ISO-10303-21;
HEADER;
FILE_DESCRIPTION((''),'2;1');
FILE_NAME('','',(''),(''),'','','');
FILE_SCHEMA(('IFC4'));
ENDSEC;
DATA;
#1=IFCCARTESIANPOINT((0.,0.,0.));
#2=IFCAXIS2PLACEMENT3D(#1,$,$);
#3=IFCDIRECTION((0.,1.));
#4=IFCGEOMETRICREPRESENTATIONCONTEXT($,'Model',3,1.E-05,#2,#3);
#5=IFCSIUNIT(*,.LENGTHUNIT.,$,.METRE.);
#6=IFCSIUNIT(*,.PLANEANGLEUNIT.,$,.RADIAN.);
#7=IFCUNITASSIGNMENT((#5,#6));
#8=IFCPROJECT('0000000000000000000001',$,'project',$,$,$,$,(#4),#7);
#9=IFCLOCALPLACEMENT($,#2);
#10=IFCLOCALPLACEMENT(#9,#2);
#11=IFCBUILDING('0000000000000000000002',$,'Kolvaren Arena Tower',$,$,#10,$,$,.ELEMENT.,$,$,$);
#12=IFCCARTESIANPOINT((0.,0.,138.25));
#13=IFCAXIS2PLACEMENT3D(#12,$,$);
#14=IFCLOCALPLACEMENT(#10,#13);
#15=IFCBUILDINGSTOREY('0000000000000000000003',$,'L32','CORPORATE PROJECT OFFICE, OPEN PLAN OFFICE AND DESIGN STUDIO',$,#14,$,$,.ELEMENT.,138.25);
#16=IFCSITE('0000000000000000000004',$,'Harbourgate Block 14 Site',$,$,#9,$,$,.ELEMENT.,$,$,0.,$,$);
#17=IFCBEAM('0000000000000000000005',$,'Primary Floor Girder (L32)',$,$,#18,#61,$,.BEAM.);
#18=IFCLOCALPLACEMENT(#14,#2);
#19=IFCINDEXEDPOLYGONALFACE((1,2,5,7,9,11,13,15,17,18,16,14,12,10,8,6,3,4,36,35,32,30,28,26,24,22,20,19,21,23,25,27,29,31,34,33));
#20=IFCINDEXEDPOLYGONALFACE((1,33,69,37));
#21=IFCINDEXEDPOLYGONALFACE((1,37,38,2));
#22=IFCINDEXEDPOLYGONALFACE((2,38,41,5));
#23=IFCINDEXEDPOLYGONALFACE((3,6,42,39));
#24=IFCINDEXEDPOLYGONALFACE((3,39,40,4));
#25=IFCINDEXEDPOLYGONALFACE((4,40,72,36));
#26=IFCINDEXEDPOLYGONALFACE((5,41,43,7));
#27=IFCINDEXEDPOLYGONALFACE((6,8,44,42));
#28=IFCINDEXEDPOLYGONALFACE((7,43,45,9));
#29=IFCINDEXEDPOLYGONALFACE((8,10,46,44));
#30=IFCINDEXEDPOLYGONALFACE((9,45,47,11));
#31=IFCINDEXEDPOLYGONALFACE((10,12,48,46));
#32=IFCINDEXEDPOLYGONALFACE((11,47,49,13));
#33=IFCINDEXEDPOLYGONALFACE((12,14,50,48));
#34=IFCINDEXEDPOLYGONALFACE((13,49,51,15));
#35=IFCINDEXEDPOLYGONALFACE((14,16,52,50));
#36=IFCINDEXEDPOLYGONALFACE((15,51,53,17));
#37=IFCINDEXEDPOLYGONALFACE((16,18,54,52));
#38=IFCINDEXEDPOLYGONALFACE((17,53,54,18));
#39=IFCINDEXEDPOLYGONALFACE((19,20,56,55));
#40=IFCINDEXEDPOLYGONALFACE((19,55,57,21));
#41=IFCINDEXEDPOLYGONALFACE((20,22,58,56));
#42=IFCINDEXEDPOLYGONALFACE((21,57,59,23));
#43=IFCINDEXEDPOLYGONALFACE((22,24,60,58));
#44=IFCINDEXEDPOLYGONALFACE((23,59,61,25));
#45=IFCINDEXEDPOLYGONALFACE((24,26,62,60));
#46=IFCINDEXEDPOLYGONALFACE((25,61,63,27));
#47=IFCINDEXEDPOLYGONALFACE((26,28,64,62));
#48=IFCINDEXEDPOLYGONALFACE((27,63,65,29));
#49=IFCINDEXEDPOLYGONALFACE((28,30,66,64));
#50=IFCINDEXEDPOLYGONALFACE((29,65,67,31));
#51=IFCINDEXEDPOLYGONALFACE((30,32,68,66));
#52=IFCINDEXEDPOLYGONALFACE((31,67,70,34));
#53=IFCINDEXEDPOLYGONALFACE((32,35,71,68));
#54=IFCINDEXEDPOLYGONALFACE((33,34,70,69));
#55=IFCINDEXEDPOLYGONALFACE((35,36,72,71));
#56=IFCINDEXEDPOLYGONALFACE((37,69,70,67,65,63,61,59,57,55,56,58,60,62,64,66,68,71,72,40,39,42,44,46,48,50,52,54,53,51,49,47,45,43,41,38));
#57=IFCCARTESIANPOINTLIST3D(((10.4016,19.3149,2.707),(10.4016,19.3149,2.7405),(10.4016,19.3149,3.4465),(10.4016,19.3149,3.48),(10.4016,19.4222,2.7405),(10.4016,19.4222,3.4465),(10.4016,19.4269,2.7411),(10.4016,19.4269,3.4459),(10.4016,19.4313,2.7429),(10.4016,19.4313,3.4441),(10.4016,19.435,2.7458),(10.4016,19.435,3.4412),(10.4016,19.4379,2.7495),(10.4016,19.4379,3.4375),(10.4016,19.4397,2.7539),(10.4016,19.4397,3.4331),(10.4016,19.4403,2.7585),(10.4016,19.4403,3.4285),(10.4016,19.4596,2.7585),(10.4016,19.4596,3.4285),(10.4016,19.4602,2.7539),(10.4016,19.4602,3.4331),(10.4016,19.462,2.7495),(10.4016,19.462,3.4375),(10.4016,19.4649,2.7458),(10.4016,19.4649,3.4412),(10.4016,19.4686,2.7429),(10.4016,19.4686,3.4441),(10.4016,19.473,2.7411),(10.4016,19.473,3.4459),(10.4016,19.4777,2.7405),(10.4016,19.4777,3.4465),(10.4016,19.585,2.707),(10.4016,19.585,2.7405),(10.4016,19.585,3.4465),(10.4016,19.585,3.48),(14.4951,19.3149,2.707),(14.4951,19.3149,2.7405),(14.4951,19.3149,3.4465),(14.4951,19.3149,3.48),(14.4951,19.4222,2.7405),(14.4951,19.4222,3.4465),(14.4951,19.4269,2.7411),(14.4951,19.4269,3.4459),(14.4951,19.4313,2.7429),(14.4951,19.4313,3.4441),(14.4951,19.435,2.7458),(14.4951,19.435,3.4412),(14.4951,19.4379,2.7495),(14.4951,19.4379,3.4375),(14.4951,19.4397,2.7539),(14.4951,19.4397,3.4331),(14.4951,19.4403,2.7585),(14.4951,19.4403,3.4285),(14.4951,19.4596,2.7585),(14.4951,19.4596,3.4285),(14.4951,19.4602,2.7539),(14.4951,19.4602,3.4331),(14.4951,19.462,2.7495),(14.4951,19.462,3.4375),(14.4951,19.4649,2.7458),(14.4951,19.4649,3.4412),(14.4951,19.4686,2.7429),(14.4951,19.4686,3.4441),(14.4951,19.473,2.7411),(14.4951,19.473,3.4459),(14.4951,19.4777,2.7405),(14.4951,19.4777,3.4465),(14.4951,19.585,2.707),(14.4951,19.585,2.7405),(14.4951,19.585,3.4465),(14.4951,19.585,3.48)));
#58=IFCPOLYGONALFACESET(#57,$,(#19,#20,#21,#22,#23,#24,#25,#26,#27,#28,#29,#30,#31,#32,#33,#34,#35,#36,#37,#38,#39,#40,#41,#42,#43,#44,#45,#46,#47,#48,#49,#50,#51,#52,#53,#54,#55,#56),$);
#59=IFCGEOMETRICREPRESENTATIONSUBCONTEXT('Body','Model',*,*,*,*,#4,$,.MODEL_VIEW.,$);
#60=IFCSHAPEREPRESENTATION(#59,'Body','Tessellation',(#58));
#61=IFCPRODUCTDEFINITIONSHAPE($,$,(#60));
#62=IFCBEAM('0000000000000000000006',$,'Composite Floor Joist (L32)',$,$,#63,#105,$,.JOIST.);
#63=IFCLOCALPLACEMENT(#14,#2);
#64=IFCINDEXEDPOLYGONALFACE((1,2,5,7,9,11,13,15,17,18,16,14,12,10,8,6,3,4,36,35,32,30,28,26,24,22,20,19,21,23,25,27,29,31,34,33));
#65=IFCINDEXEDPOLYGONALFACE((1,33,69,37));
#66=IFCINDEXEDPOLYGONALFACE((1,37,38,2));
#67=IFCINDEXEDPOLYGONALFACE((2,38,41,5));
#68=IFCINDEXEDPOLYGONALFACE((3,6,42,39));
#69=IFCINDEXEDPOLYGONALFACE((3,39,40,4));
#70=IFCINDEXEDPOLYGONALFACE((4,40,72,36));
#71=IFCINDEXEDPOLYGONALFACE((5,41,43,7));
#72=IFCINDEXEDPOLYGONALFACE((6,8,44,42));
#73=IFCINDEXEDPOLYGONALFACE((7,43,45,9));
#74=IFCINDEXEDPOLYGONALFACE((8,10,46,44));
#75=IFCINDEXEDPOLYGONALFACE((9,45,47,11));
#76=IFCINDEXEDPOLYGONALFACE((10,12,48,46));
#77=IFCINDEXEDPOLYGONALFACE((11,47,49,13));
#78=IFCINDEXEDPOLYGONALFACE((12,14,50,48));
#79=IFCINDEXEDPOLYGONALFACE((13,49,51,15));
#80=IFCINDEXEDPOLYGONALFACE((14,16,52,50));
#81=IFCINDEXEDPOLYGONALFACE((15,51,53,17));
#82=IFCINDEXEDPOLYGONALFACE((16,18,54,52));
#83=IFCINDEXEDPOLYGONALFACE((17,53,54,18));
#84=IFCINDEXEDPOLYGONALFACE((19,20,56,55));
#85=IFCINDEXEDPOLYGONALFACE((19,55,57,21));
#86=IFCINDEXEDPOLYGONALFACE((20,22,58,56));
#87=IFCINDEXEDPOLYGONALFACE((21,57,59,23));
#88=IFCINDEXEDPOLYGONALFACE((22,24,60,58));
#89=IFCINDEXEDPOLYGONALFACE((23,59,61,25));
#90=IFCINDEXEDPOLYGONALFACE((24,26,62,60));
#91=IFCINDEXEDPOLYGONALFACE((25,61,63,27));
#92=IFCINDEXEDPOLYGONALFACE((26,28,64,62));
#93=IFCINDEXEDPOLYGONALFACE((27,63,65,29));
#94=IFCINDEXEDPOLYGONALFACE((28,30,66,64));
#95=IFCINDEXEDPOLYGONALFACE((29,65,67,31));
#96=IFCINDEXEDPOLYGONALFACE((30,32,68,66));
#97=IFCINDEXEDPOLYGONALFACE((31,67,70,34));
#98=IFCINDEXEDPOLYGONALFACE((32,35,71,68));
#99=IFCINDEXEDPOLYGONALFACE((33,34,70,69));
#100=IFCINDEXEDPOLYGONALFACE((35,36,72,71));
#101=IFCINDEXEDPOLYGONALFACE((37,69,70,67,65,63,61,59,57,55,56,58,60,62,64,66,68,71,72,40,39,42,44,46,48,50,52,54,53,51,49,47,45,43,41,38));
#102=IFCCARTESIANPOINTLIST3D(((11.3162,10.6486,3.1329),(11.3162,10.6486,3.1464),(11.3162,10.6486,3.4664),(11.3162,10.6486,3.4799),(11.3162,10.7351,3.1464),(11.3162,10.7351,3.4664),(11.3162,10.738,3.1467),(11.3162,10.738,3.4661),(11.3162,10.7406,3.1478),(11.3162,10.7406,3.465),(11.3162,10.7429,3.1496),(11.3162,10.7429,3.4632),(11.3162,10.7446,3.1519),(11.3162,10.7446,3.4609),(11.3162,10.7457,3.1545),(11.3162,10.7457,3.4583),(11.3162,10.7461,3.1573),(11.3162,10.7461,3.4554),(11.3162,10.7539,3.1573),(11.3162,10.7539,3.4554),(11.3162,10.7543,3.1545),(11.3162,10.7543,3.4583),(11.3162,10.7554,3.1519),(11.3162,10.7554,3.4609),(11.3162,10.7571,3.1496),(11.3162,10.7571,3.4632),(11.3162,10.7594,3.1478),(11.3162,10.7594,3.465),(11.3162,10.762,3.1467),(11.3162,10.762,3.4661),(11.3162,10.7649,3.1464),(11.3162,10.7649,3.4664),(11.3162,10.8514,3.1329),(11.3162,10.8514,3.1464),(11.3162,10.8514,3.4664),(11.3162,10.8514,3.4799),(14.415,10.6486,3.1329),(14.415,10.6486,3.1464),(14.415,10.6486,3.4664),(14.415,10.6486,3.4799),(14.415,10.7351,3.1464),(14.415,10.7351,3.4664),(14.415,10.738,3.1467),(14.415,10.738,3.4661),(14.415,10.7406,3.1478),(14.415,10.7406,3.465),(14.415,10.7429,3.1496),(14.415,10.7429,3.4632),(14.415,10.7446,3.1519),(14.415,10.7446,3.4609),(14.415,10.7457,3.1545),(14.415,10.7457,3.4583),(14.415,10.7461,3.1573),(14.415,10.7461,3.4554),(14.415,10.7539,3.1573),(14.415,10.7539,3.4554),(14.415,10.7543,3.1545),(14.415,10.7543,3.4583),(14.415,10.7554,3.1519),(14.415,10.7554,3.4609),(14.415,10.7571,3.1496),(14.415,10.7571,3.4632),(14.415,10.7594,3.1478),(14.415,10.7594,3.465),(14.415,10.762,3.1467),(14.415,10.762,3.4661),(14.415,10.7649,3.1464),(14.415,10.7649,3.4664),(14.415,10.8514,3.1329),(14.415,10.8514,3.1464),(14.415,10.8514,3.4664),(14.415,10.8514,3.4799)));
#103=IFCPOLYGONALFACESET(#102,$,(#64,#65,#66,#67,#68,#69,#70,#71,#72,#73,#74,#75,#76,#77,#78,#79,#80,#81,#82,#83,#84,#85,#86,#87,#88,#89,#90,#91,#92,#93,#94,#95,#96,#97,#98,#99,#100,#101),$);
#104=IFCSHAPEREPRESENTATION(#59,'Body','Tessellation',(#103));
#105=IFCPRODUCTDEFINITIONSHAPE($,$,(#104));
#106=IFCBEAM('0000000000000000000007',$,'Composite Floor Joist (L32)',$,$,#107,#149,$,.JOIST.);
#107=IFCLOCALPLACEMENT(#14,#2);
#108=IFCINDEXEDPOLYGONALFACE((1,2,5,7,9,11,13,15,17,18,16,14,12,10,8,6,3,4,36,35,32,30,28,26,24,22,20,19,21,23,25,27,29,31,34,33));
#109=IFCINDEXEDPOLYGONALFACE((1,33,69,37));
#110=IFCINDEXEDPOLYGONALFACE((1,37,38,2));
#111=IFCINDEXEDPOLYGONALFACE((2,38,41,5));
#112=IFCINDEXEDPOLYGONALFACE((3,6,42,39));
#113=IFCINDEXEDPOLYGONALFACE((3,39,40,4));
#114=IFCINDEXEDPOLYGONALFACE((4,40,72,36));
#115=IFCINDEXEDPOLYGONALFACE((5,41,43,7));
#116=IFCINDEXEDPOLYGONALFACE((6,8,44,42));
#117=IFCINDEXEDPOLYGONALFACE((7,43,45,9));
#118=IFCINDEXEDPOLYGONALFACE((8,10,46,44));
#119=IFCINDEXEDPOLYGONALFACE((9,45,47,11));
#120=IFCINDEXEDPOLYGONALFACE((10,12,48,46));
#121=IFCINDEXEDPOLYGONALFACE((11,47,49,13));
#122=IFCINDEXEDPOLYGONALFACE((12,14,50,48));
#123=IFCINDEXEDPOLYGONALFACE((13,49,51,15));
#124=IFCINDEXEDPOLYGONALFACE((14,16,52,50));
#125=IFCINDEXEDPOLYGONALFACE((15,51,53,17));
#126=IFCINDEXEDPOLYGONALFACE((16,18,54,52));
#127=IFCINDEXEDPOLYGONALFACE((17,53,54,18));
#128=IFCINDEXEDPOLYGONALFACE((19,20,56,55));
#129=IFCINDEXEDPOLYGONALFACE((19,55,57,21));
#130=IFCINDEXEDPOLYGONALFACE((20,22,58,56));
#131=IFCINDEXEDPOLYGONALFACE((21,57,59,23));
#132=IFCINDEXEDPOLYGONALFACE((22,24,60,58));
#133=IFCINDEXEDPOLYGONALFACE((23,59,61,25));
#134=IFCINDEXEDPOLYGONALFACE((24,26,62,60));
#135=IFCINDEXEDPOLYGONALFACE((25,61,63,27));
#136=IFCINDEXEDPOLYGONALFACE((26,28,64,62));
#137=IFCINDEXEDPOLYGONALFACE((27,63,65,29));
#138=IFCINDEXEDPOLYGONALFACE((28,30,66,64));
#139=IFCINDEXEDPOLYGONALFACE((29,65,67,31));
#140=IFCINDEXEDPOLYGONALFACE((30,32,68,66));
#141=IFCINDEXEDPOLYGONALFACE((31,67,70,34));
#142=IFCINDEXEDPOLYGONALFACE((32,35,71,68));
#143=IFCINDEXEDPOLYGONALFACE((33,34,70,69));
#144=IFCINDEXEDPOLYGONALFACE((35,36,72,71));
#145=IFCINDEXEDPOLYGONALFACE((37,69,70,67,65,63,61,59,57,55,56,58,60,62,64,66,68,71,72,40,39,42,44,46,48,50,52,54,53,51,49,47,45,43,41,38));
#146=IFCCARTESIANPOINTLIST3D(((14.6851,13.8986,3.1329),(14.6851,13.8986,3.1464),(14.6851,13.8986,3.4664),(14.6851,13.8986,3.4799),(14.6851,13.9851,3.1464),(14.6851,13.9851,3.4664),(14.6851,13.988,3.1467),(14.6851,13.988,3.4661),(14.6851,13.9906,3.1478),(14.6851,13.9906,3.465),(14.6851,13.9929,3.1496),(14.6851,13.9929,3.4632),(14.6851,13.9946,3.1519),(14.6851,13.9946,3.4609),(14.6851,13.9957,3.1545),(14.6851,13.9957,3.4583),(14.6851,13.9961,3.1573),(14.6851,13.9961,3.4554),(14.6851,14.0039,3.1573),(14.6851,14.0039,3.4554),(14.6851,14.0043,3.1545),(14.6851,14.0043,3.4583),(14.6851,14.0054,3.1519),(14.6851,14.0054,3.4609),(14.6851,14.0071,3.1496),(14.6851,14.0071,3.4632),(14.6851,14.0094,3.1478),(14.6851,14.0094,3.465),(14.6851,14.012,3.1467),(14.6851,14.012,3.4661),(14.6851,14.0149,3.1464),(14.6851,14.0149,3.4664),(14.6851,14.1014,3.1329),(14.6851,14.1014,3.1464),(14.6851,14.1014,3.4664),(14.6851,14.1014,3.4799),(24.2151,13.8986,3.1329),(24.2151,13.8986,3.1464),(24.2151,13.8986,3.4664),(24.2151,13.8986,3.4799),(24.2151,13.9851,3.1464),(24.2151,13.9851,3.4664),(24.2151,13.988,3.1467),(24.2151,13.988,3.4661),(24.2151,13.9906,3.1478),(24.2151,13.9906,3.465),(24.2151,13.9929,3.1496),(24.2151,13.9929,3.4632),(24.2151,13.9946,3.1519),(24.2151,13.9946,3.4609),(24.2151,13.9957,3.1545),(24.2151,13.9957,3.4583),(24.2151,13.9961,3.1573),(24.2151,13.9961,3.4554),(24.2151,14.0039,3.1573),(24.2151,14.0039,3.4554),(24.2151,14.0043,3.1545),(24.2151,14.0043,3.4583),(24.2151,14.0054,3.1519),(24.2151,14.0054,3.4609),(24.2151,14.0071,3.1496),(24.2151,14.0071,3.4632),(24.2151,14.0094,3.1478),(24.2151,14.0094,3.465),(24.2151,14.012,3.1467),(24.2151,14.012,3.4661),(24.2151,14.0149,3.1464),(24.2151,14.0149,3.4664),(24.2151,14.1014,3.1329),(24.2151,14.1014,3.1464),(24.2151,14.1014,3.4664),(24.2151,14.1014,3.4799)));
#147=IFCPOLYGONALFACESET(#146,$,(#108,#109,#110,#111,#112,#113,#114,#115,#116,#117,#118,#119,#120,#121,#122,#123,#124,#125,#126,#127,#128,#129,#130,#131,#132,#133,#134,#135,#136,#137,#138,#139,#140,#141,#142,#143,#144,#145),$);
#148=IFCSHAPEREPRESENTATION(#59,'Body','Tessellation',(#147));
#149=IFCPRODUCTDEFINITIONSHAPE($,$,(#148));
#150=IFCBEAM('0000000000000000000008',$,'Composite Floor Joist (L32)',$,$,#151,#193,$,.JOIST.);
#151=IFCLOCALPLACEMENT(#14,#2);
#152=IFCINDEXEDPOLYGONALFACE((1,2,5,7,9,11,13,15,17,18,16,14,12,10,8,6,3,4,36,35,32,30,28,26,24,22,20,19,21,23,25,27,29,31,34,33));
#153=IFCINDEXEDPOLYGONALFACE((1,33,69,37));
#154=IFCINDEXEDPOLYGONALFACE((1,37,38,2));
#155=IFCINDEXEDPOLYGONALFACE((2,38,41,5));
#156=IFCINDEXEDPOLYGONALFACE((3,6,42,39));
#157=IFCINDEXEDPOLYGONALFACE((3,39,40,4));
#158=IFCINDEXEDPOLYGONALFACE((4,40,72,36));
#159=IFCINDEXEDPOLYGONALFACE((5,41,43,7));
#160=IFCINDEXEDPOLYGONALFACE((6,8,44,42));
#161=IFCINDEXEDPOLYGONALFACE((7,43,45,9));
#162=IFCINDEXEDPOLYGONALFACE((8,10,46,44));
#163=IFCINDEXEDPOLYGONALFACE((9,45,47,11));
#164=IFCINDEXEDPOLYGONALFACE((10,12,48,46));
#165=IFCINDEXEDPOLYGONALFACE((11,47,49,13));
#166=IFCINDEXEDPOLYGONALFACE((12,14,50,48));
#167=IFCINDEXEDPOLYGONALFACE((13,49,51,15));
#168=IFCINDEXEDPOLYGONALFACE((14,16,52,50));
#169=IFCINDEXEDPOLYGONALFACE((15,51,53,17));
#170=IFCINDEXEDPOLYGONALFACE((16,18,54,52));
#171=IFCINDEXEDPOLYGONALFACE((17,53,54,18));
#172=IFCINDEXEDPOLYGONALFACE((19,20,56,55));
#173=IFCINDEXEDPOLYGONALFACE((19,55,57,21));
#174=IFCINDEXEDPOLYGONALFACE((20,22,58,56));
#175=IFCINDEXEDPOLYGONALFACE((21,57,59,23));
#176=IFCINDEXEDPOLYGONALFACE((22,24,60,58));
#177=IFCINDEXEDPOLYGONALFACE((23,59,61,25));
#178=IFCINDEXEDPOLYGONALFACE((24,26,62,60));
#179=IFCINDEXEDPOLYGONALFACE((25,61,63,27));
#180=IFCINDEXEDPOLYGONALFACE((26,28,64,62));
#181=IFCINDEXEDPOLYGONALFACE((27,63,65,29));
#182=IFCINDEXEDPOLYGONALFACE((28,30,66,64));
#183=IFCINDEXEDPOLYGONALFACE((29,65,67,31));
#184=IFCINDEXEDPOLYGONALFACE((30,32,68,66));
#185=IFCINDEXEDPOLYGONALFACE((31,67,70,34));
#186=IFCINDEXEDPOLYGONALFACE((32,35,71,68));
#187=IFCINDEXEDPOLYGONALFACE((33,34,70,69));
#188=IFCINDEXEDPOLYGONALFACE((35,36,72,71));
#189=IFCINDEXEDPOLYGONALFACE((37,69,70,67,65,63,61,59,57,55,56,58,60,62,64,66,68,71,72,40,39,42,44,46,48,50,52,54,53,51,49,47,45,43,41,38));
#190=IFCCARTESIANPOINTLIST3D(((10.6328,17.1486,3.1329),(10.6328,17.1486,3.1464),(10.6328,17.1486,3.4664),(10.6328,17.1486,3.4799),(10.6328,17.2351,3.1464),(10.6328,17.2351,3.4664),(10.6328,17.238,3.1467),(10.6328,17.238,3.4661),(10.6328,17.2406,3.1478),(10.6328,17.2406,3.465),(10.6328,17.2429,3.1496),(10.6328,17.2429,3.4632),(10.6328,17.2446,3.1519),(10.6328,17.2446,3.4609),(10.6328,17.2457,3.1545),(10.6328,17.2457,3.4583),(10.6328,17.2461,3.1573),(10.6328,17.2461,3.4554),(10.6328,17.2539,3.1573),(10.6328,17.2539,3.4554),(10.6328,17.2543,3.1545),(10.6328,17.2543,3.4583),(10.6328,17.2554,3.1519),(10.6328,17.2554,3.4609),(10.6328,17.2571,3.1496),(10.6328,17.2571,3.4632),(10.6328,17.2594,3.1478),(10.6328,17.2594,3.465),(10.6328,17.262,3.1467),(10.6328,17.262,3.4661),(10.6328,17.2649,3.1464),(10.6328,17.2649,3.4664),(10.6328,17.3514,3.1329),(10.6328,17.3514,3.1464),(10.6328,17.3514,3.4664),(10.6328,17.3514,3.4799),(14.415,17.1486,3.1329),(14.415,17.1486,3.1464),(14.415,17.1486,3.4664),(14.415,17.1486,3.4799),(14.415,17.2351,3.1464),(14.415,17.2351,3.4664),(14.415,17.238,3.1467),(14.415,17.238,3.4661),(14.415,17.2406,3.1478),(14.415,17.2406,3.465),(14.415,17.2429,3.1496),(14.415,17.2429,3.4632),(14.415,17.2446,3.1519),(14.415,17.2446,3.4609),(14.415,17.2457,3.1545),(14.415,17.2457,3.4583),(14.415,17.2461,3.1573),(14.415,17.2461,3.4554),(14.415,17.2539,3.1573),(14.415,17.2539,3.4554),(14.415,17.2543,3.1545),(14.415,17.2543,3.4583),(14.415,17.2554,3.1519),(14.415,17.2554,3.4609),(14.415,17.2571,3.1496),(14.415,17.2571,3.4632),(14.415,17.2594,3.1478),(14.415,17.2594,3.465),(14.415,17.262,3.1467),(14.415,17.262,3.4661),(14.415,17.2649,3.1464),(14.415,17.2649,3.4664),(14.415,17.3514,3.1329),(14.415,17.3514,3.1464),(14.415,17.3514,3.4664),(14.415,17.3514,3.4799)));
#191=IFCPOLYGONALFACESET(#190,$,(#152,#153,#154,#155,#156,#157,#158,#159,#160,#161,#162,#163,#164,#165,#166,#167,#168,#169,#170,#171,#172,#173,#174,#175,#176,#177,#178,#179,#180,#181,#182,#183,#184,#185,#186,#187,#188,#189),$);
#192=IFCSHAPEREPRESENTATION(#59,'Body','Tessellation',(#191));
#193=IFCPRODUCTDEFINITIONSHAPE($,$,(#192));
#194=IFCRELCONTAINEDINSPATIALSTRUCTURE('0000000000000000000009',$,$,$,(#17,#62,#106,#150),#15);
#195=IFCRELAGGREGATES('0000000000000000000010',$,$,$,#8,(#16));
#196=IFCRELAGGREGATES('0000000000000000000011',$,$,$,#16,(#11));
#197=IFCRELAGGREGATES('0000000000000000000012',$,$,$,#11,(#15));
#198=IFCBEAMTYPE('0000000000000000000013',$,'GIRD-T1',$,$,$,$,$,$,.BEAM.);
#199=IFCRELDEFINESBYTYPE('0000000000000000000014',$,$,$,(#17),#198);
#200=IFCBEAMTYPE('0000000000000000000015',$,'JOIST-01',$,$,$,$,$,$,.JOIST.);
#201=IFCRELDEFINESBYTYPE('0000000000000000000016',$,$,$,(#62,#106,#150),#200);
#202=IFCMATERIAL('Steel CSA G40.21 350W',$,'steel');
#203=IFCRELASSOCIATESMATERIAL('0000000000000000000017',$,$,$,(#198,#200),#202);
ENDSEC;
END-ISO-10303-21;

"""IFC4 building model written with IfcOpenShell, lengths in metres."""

from ifc_helpers import new_model, si_unit, direction, frame, origin, origin_2d, place, context, subcontext, project, spatial, i_section, extrude, material, material_profile, profile_set, type_object, element, save


model = new_model("IFC4")

# Units and contexts
model_context = context("Model", 3, precision=1e-05, world=origin(), true_north=direction((0.0, 1.0)))
body_context = subcontext(model_context, "Body", "Model", "MODEL_VIEW")
ifc_project = project(units=[si_unit("LENGTHUNIT", "METRE"), si_unit("PLANEANGLEUNIT", "RADIAN")], contexts=[model_context])

# Site, building, storey
site_placement = place(None, origin())
site = spatial("IfcSite", under=ifc_project, at=site_placement, Name="Harbourgate Block 14 Site", CompositionType="ELEMENT", RefElevation=0.0)
building_placement = place(site_placement, origin())
building = spatial("IfcBuilding", under=site, at=building_placement, Name="Kolvaren Arena Tower", CompositionType="ELEMENT")
storey_placement = place(building_placement, frame((0.0, 0.0, 138.25)))
storey = spatial("IfcBuildingStorey", under=building, at=storey_placement, Name="L32", Description="CORPORATE PROJECT OFFICE, OPEN PLAN OFFICE AND DESIGN STUDIO", CompositionType="ELEMENT", Elevation=138.25)

# Beams
ifc_material_1 = material(Name="Steel CSA G40.21 350W", Category="steel")
ifc_material_profile_1 = material_profile(ifc_material_1, i_section(OverallWidth=0.27, OverallDepth=0.7729, WebThickness=0.0193, FlangeThickness=0.0334, FilletRadius=0.0181, at=origin_2d()), Name="W760x257")
ifc_profile_set_1 = profile_set([ifc_material_profile_1], Name="Steel CSA G40.21 350W")
beam_type_1 = type_object("IfcBeamType", Name="GIRD-T1", PredefinedType="BEAM", material=ifc_profile_set_1)
beam_1_placement = place(storey_placement, frame((10.4016, 19.45, 3.0935), z_axis=(1.0, 0.0, 0.0), x_axis=(0.0, 1.0, 0.0)))
element("IfcBeam", 1, at=beam_1_placement, inside=storey, type_object=beam_type_1, Name="Primary Floor Girder (L32)", PredefinedType="BEAM", context=body_context, shape_type="SweptSolid", body=[
    extrude(i_section(OverallWidth=0.27, OverallDepth=0.7729, WebThickness=0.0193, FlangeThickness=0.0334, FilletRadius=0.0181, at=origin_2d()), origin(), (0.0, 0.0, 1.0), 4.0935),
])
ifc_material_profile_2 = material_profile(ifc_material_1, i_section(OverallWidth=0.2029, OverallDepth=0.3469, WebThickness=0.0078, FlangeThickness=0.0134, FilletRadius=0.011, at=origin_2d()), Name="W360x64")
ifc_profile_set_2 = profile_set([ifc_material_profile_2], Name="Steel CSA G40.21 350W")
beam_type_2 = type_object("IfcBeamType", Name="JOIST-01", PredefinedType="JOIST", material=ifc_profile_set_2)
beam_2_placement = place(storey_placement, frame((11.3162, 10.75, 3.3064), z_axis=(1.0, 0.0, 0.0), x_axis=(0.0, 1.0, 0.0)))
element("IfcBeam", 2, at=beam_2_placement, inside=storey, type_object=beam_type_2, Name="Composite Floor Joist (L32)", PredefinedType="JOIST", context=body_context, shape_type="SweptSolid", body=[
    extrude(i_section(OverallWidth=0.2029, OverallDepth=0.3469, WebThickness=0.0078, FlangeThickness=0.0134, FilletRadius=0.011, at=origin_2d()), origin(), (0.0, 0.0, 1.0), 3.0989),
])
beam_3_placement = place(storey_placement, frame((14.6851, 14.0, 3.3064), z_axis=(1.0, 0.0, 0.0), x_axis=(0.0, 1.0, 0.0)))
element("IfcBeam", 3, at=beam_3_placement, inside=storey, type_object=beam_type_2, Name="Composite Floor Joist (L32)", PredefinedType="JOIST", context=body_context, shape_type="SweptSolid", body=[
    extrude(i_section(OverallWidth=0.2029, OverallDepth=0.3469, WebThickness=0.0078, FlangeThickness=0.0134, FilletRadius=0.011, at=origin_2d()), origin(), (0.0, 0.0, 1.0), 9.53),
])
beam_4_placement = place(storey_placement, frame((10.6328, 17.25, 3.3064), z_axis=(1.0, 0.0, 0.0), x_axis=(0.0, 1.0, 0.0)))
element("IfcBeam", 4, at=beam_4_placement, inside=storey, type_object=beam_type_2, Name="Composite Floor Joist (L32)", PredefinedType="JOIST", context=body_context, shape_type="SweptSolid", body=[
    extrude(i_section(OverallWidth=0.2029, OverallDepth=0.3469, WebThickness=0.0078, FlangeThickness=0.0134, FilletRadius=0.011, at=origin_2d()), origin(), (0.0, 0.0, 1.0), 3.7822),
])

save(model, "model.ifc")
